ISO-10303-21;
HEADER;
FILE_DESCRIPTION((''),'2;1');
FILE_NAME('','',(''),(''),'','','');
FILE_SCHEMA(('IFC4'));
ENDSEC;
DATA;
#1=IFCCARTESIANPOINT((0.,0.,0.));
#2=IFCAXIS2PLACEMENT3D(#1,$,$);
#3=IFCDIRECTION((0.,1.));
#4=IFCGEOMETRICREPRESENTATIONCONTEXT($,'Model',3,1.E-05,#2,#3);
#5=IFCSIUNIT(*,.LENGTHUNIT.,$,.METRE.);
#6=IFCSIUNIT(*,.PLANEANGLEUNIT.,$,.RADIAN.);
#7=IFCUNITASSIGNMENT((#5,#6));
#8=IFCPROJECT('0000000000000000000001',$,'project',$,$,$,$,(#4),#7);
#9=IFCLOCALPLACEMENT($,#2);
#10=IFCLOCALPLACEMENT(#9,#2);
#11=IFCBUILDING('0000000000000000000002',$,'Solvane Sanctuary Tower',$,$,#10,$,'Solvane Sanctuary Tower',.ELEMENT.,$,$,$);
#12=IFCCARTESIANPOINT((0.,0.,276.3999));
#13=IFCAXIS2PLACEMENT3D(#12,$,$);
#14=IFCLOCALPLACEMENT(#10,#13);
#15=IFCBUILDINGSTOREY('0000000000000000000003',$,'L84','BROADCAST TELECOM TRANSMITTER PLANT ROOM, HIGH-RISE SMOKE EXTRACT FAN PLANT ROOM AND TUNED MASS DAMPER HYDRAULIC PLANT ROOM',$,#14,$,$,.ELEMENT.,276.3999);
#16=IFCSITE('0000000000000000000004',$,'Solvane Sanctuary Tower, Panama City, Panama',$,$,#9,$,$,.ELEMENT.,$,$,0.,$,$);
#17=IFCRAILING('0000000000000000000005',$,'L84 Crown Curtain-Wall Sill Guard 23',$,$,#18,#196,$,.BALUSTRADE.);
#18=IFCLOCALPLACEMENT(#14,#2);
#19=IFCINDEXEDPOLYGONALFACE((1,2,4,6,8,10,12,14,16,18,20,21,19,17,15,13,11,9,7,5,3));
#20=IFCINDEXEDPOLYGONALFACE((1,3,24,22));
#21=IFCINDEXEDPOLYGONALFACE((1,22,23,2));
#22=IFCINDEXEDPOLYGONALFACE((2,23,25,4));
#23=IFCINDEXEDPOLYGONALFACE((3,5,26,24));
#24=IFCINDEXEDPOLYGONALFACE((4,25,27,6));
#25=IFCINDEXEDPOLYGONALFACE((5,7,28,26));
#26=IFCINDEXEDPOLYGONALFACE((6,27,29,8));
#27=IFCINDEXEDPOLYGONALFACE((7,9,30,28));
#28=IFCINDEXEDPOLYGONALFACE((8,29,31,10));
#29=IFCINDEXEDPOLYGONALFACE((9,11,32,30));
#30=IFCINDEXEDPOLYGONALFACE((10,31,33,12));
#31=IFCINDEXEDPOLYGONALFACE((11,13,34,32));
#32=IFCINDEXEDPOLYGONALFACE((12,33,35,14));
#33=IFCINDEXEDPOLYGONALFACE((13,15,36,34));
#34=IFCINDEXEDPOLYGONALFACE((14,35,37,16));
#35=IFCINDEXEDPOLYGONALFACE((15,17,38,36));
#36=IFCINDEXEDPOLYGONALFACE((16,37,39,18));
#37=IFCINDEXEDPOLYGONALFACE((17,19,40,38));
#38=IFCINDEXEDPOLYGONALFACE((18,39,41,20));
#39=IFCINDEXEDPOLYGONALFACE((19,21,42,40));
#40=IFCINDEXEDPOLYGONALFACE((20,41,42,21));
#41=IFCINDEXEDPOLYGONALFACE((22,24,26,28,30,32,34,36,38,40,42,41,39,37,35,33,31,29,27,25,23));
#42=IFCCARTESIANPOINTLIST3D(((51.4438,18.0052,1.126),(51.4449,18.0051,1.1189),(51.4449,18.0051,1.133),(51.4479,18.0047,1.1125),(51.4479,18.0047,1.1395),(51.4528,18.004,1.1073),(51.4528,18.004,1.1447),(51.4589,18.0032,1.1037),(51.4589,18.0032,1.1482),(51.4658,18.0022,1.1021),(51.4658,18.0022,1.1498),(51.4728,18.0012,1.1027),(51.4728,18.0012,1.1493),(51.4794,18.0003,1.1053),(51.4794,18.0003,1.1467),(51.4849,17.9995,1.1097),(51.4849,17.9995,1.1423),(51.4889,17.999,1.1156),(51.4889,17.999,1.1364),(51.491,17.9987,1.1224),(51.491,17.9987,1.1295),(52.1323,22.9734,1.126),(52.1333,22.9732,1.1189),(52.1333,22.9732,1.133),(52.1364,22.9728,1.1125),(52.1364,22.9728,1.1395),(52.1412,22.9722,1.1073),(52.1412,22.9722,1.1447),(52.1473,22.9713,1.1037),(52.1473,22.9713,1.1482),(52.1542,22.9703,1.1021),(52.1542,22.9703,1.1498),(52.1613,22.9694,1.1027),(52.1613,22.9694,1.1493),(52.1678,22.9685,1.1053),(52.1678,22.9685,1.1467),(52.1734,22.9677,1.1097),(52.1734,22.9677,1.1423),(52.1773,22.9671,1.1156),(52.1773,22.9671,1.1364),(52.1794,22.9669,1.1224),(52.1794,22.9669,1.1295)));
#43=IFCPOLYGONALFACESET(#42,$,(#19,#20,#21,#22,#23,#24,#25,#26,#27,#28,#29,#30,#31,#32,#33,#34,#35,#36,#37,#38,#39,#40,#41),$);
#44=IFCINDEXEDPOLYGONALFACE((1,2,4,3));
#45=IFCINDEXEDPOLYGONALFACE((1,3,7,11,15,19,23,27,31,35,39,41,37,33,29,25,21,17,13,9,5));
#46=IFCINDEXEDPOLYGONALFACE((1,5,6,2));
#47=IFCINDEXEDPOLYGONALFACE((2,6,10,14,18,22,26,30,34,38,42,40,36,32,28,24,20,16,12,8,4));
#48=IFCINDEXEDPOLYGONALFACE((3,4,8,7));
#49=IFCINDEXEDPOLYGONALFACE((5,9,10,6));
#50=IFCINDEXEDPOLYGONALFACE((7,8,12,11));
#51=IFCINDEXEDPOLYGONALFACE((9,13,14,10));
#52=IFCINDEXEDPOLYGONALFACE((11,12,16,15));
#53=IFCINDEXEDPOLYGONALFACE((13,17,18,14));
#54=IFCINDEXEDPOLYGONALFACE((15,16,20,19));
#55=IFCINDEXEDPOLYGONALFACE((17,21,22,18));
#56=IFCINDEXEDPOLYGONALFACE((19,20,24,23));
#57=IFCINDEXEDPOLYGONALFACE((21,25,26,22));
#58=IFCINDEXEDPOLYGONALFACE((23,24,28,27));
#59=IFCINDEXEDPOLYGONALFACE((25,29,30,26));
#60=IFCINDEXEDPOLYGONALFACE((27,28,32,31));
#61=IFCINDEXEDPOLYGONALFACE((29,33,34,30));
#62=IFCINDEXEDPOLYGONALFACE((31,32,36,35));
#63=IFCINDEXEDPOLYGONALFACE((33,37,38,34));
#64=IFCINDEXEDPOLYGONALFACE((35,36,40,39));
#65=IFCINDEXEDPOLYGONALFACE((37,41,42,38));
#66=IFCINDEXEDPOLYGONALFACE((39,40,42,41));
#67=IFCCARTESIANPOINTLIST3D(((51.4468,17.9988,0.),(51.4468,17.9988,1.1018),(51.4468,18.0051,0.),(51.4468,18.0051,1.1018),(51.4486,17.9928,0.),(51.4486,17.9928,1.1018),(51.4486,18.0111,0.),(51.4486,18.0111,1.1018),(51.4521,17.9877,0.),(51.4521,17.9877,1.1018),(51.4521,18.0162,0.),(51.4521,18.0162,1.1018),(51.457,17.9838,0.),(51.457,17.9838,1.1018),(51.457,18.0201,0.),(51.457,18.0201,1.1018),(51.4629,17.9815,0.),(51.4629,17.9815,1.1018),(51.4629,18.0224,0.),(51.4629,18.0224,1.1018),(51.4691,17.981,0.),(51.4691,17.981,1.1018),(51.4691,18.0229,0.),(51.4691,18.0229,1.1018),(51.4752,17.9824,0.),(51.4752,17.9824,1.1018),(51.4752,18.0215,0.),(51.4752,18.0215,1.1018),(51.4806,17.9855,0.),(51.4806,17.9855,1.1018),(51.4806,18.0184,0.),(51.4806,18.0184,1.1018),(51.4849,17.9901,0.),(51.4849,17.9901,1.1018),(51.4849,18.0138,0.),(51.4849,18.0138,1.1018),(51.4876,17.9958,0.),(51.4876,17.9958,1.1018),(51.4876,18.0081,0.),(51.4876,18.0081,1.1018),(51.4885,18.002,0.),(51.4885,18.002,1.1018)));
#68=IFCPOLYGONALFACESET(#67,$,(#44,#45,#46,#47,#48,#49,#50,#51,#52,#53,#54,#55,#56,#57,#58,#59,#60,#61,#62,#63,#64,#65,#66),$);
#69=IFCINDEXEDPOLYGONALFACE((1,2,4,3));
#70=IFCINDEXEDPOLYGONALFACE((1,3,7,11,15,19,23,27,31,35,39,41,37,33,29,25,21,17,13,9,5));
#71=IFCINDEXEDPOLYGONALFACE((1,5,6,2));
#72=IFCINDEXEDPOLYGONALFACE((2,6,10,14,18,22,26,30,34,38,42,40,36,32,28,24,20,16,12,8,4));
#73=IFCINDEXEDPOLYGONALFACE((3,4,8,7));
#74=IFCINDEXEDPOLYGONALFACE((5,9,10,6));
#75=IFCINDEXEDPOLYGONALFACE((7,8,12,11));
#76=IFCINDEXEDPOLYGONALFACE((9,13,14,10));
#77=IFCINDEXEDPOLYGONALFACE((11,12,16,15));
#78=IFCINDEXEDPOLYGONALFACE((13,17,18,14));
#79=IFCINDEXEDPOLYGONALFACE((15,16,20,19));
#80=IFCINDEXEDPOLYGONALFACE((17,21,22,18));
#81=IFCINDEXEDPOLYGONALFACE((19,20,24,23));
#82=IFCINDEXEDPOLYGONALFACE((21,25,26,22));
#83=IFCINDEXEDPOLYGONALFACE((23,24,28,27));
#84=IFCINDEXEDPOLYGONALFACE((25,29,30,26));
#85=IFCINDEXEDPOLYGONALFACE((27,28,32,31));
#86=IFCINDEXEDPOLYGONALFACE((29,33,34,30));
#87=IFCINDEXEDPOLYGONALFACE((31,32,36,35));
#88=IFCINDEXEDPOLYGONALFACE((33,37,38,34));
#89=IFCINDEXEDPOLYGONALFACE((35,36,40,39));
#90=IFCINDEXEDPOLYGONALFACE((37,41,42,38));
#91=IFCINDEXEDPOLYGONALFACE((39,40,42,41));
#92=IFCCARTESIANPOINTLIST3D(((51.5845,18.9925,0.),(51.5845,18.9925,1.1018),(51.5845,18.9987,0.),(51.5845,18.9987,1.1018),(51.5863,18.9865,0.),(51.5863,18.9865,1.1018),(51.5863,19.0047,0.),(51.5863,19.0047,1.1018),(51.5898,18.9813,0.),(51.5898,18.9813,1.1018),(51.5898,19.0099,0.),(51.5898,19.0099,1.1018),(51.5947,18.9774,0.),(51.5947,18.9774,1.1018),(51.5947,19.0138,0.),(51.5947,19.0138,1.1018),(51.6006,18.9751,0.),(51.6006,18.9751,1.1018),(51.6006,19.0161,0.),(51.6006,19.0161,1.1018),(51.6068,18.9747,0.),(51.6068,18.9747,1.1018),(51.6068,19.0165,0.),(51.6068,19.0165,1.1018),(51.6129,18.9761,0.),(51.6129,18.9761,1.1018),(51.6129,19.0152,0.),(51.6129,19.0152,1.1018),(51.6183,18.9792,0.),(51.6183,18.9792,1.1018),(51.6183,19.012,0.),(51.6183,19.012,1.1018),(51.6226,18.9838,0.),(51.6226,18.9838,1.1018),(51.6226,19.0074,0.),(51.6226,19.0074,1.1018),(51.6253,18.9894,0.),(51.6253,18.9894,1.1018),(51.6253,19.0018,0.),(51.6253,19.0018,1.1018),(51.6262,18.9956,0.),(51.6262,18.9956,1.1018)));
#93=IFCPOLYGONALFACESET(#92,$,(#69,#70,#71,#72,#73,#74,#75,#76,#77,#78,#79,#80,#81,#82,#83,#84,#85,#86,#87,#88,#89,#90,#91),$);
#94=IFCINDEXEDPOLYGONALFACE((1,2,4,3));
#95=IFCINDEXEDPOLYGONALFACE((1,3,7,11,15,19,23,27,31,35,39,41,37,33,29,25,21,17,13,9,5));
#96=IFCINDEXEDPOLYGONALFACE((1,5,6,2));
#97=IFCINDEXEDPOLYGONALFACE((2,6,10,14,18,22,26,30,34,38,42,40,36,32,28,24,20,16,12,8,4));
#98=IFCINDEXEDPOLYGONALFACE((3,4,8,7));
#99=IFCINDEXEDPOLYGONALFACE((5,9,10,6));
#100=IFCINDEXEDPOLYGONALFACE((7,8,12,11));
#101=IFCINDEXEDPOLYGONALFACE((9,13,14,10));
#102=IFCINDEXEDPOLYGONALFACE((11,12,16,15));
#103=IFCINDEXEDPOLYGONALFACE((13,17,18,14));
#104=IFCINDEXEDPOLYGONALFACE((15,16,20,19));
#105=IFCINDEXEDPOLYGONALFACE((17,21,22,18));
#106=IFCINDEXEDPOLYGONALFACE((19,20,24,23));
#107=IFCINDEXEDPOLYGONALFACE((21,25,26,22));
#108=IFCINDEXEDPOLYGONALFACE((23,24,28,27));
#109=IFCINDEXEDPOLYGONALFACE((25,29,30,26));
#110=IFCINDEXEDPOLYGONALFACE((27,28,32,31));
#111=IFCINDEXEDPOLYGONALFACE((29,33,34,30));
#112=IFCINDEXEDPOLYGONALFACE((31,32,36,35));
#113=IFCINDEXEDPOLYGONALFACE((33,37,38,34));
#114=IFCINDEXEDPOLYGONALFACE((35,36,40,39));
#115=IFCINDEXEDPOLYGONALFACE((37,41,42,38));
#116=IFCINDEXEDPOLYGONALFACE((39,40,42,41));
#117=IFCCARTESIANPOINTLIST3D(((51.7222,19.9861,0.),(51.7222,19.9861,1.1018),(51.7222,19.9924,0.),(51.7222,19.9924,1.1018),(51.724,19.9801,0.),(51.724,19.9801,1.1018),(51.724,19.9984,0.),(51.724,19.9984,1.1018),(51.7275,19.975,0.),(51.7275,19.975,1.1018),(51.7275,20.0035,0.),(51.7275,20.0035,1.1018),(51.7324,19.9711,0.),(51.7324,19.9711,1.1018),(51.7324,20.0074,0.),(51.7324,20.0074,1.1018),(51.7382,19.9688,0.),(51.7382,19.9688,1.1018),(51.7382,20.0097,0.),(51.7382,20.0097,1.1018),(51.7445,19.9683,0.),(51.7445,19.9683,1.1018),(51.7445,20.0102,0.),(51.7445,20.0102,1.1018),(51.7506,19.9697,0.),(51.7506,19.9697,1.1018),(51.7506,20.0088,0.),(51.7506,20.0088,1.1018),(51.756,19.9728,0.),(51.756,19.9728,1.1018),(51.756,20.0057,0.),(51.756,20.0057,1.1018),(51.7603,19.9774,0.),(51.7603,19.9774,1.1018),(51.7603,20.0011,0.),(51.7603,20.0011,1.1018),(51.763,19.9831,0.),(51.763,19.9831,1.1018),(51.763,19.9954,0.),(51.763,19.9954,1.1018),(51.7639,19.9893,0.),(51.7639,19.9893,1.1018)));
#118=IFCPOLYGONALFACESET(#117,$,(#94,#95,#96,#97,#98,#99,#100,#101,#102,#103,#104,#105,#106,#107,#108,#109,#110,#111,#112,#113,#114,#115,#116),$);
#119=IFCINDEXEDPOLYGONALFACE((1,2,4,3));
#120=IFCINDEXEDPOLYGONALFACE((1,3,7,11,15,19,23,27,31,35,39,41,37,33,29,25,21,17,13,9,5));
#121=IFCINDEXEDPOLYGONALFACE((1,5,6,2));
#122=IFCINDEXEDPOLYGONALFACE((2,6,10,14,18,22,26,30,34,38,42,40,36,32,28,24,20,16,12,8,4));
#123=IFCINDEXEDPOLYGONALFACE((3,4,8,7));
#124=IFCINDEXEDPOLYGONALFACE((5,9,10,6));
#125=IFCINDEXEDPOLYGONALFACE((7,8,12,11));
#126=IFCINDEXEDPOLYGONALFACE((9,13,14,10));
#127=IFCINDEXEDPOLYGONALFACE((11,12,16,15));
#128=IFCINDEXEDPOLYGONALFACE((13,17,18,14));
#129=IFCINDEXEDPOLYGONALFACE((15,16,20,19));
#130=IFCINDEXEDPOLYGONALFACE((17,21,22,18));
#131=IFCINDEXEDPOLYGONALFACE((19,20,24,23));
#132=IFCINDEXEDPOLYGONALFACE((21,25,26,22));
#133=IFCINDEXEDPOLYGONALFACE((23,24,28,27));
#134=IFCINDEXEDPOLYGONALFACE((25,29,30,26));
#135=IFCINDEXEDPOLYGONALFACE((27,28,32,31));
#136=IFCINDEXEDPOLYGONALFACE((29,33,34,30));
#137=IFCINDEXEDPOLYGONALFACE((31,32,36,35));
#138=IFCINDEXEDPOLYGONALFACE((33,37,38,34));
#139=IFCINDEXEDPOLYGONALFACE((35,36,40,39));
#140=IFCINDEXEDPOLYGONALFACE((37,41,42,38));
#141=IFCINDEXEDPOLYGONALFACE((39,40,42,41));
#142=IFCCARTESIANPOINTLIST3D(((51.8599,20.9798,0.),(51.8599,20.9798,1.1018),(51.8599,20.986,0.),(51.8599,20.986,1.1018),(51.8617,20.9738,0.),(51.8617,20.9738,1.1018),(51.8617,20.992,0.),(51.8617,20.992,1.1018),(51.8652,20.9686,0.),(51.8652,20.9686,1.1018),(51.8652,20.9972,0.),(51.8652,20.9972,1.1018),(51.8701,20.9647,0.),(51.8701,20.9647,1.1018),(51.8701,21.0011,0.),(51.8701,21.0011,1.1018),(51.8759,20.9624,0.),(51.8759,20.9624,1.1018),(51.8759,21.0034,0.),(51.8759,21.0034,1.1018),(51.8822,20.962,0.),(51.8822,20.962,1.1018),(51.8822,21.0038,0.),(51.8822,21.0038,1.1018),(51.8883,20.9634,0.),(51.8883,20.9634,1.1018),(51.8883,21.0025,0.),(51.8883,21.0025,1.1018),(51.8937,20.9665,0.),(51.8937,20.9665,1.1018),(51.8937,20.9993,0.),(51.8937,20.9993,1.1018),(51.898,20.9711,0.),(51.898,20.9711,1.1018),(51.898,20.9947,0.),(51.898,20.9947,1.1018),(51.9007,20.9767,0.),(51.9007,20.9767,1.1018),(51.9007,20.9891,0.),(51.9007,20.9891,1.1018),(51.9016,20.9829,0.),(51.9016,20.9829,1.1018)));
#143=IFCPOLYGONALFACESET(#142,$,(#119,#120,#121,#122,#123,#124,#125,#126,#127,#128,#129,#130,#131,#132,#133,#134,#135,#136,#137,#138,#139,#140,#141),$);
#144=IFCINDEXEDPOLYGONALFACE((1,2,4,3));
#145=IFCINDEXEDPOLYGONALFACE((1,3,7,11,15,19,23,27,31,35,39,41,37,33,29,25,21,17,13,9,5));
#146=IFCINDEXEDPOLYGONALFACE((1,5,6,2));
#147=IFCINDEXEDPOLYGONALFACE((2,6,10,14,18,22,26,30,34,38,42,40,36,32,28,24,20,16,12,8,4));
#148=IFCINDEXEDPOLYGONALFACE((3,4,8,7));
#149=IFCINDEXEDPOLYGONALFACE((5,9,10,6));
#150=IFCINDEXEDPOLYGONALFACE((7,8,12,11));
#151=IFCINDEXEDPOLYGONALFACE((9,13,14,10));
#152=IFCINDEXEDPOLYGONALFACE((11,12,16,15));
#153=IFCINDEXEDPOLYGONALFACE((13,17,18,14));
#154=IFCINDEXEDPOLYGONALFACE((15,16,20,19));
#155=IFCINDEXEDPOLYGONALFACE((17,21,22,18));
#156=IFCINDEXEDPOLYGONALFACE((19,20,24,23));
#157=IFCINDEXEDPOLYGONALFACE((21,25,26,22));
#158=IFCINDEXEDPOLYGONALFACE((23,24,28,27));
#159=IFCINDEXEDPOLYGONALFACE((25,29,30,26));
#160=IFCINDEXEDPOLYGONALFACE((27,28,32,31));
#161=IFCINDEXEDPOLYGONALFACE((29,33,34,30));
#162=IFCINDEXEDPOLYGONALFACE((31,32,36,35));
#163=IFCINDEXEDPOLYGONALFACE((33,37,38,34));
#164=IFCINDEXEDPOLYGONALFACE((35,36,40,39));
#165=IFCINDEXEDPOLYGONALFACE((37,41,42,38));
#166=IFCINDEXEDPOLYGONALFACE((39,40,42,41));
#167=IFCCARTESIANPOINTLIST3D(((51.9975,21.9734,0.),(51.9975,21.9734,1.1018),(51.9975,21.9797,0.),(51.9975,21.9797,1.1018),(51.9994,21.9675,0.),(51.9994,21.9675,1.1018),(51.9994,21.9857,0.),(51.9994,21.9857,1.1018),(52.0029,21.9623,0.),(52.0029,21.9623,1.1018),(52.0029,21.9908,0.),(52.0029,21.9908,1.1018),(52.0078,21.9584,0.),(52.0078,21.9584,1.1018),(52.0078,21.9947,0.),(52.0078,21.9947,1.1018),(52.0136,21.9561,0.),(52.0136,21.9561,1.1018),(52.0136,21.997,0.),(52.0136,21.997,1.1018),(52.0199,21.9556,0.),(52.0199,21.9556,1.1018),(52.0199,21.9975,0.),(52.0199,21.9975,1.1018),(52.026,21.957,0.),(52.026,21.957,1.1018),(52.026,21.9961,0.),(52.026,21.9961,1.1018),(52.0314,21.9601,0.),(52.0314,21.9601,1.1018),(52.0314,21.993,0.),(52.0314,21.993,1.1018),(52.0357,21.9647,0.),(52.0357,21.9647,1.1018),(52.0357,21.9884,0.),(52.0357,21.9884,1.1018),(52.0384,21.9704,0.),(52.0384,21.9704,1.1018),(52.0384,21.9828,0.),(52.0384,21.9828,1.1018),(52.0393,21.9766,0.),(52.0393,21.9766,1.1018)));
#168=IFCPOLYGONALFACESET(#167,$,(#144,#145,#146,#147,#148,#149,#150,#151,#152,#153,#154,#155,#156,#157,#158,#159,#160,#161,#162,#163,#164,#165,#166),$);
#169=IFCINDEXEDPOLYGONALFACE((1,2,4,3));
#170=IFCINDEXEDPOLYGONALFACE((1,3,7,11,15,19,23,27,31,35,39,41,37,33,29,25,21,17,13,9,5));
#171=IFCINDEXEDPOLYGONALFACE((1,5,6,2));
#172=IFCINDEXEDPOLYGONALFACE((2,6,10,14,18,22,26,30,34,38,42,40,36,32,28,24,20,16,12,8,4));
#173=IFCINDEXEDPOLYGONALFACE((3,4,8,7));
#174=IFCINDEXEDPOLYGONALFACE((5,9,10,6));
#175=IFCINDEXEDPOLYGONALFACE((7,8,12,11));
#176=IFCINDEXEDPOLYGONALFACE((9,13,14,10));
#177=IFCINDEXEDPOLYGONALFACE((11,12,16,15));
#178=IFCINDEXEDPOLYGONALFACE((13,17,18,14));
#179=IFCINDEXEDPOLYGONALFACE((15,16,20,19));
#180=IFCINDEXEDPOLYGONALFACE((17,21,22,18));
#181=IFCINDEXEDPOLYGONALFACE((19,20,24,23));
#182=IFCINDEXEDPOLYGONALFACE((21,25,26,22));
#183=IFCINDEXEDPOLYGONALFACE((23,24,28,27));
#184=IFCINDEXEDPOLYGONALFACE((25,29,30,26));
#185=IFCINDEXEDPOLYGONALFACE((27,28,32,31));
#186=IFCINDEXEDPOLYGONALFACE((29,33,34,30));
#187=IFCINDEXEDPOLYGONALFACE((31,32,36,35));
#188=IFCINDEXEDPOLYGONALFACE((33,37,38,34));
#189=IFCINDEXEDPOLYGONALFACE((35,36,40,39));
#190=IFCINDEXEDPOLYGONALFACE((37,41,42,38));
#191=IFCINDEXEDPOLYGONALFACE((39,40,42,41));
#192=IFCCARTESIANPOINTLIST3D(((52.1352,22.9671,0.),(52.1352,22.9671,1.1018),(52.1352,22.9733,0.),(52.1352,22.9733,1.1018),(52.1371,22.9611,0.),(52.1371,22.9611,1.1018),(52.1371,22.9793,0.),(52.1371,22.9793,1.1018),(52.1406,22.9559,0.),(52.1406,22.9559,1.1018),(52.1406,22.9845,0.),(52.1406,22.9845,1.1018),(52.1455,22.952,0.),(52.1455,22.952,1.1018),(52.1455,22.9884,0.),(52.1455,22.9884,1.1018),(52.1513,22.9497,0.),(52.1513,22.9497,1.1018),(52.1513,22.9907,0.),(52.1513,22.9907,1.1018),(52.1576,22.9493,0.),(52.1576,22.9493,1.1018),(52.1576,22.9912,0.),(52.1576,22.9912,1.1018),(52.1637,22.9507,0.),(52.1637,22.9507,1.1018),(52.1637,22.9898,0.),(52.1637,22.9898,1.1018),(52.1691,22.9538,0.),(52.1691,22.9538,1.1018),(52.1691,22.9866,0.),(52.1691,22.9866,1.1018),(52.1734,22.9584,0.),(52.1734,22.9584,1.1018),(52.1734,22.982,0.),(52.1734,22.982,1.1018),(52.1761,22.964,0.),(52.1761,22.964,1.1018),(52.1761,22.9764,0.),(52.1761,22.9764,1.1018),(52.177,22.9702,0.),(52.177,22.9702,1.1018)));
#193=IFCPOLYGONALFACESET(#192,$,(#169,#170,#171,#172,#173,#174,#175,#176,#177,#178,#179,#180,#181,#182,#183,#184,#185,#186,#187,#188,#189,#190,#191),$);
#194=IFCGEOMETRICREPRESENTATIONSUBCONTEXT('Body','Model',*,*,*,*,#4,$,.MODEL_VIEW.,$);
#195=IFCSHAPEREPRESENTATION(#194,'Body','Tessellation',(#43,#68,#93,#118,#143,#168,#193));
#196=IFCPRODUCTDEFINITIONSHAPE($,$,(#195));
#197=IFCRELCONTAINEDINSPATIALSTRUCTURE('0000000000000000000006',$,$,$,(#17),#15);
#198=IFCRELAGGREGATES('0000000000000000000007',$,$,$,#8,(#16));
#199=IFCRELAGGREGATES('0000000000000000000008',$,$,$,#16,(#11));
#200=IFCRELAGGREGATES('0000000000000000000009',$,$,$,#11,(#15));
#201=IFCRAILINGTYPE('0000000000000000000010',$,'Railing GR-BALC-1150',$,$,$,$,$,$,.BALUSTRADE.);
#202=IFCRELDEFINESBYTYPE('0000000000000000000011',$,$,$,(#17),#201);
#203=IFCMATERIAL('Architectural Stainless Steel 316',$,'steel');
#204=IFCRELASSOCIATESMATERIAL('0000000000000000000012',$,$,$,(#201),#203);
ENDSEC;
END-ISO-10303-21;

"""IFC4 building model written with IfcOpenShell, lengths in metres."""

from ifc_helpers import new_model, si_unit, direction, frame, origin, origin_2d, place, context, subcontext, project, spatial, circle, extrude, material, type_object, element, save


model = new_model("IFC4")

# Units and contexts
model_context = context("Model", 3, precision=1e-05, world=origin(), true_north=direction((0.0, 1.0)))
body_context = subcontext(model_context, "Body", "Model", "MODEL_VIEW")
ifc_project = project(units=[si_unit("LENGTHUNIT", "METRE"), si_unit("PLANEANGLEUNIT", "RADIAN")], contexts=[model_context])

# Site, building, storey
site_placement = place(None, origin())
site = spatial("IfcSite", under=ifc_project, at=site_placement, Name="Solvane Sanctuary Tower, Panama City, Panama", CompositionType="ELEMENT", RefElevation=0.0)
building_placement = place(site_placement, origin())
building = spatial("IfcBuilding", under=site, at=building_placement, Name="Solvane Sanctuary Tower", LongName="Solvane Sanctuary Tower", CompositionType="ELEMENT")
storey_placement = place(building_placement, frame((0.0, 0.0, 276.3999)))
storey = spatial("IfcBuildingStorey", under=building, at=storey_placement, Name="L84", Description="BROADCAST TELECOM TRANSMITTER PLANT ROOM, HIGH-RISE SMOKE EXTRACT FAN PLANT ROOM AND TUNED MASS DAMPER HYDRAULIC PLANT ROOM", CompositionType="ELEMENT", Elevation=276.3999)

# Shared definitions
ifc_material_1 = material(Name="Architectural Stainless Steel 316", Category="steel")

# Railing
railing_type = type_object("IfcRailingType", Name="Railing GR-BALC-1150", PredefinedType="BALUSTRADE", material=ifc_material_1)
railing_1_placement = place(storey_placement, frame((51.4675, 18.002, 0.0)))
element("IfcRailing", 1, at=railing_1_placement, inside=storey, type_object=railing_type, Name="L84 Crown Curtain-Wall Sill Guard 23", PredefinedType="BALUSTRADE", context=body_context, shape_type="SweptSolid", body=[
    extrude(circle(Radius=0.0239, at=origin_2d()), frame((0.0, 0.0, 1.126), z_axis=(0.137263, 0.990535, 0.0), x_axis=(-0.990535, 0.137263, 0.0)), (0.0, 0.0, 1.0), 5.0156),
    extrude(circle(Radius=0.021, at=origin_2d()), origin(), (0.0, 0.0, 1.0), 1.1018),
    extrude(circle(Radius=0.021, at=origin_2d()), frame((0.1377, 0.9937, 0.0)), (0.0, 0.0, 1.0), 1.1018),
    extrude(circle(Radius=0.021, at=origin_2d()), frame((0.2754, 1.9873, 0.0)), (0.0, 0.0, 1.0), 1.1018),
    extrude(circle(Radius=0.021, at=origin_2d()), frame((0.4131, 2.981, 0.0)), (0.0, 0.0, 1.0), 1.1018),
    extrude(circle(Radius=0.021, at=origin_2d()), frame((0.5508, 3.9746, 0.0)), (0.0, 0.0, 1.0), 1.1018),
    extrude(circle(Radius=0.021, at=origin_2d()), frame((0.6885, 4.9683, 0.0)), (0.0, 0.0, 1.0), 1.1018),
])

save(model, "model.ifc")
